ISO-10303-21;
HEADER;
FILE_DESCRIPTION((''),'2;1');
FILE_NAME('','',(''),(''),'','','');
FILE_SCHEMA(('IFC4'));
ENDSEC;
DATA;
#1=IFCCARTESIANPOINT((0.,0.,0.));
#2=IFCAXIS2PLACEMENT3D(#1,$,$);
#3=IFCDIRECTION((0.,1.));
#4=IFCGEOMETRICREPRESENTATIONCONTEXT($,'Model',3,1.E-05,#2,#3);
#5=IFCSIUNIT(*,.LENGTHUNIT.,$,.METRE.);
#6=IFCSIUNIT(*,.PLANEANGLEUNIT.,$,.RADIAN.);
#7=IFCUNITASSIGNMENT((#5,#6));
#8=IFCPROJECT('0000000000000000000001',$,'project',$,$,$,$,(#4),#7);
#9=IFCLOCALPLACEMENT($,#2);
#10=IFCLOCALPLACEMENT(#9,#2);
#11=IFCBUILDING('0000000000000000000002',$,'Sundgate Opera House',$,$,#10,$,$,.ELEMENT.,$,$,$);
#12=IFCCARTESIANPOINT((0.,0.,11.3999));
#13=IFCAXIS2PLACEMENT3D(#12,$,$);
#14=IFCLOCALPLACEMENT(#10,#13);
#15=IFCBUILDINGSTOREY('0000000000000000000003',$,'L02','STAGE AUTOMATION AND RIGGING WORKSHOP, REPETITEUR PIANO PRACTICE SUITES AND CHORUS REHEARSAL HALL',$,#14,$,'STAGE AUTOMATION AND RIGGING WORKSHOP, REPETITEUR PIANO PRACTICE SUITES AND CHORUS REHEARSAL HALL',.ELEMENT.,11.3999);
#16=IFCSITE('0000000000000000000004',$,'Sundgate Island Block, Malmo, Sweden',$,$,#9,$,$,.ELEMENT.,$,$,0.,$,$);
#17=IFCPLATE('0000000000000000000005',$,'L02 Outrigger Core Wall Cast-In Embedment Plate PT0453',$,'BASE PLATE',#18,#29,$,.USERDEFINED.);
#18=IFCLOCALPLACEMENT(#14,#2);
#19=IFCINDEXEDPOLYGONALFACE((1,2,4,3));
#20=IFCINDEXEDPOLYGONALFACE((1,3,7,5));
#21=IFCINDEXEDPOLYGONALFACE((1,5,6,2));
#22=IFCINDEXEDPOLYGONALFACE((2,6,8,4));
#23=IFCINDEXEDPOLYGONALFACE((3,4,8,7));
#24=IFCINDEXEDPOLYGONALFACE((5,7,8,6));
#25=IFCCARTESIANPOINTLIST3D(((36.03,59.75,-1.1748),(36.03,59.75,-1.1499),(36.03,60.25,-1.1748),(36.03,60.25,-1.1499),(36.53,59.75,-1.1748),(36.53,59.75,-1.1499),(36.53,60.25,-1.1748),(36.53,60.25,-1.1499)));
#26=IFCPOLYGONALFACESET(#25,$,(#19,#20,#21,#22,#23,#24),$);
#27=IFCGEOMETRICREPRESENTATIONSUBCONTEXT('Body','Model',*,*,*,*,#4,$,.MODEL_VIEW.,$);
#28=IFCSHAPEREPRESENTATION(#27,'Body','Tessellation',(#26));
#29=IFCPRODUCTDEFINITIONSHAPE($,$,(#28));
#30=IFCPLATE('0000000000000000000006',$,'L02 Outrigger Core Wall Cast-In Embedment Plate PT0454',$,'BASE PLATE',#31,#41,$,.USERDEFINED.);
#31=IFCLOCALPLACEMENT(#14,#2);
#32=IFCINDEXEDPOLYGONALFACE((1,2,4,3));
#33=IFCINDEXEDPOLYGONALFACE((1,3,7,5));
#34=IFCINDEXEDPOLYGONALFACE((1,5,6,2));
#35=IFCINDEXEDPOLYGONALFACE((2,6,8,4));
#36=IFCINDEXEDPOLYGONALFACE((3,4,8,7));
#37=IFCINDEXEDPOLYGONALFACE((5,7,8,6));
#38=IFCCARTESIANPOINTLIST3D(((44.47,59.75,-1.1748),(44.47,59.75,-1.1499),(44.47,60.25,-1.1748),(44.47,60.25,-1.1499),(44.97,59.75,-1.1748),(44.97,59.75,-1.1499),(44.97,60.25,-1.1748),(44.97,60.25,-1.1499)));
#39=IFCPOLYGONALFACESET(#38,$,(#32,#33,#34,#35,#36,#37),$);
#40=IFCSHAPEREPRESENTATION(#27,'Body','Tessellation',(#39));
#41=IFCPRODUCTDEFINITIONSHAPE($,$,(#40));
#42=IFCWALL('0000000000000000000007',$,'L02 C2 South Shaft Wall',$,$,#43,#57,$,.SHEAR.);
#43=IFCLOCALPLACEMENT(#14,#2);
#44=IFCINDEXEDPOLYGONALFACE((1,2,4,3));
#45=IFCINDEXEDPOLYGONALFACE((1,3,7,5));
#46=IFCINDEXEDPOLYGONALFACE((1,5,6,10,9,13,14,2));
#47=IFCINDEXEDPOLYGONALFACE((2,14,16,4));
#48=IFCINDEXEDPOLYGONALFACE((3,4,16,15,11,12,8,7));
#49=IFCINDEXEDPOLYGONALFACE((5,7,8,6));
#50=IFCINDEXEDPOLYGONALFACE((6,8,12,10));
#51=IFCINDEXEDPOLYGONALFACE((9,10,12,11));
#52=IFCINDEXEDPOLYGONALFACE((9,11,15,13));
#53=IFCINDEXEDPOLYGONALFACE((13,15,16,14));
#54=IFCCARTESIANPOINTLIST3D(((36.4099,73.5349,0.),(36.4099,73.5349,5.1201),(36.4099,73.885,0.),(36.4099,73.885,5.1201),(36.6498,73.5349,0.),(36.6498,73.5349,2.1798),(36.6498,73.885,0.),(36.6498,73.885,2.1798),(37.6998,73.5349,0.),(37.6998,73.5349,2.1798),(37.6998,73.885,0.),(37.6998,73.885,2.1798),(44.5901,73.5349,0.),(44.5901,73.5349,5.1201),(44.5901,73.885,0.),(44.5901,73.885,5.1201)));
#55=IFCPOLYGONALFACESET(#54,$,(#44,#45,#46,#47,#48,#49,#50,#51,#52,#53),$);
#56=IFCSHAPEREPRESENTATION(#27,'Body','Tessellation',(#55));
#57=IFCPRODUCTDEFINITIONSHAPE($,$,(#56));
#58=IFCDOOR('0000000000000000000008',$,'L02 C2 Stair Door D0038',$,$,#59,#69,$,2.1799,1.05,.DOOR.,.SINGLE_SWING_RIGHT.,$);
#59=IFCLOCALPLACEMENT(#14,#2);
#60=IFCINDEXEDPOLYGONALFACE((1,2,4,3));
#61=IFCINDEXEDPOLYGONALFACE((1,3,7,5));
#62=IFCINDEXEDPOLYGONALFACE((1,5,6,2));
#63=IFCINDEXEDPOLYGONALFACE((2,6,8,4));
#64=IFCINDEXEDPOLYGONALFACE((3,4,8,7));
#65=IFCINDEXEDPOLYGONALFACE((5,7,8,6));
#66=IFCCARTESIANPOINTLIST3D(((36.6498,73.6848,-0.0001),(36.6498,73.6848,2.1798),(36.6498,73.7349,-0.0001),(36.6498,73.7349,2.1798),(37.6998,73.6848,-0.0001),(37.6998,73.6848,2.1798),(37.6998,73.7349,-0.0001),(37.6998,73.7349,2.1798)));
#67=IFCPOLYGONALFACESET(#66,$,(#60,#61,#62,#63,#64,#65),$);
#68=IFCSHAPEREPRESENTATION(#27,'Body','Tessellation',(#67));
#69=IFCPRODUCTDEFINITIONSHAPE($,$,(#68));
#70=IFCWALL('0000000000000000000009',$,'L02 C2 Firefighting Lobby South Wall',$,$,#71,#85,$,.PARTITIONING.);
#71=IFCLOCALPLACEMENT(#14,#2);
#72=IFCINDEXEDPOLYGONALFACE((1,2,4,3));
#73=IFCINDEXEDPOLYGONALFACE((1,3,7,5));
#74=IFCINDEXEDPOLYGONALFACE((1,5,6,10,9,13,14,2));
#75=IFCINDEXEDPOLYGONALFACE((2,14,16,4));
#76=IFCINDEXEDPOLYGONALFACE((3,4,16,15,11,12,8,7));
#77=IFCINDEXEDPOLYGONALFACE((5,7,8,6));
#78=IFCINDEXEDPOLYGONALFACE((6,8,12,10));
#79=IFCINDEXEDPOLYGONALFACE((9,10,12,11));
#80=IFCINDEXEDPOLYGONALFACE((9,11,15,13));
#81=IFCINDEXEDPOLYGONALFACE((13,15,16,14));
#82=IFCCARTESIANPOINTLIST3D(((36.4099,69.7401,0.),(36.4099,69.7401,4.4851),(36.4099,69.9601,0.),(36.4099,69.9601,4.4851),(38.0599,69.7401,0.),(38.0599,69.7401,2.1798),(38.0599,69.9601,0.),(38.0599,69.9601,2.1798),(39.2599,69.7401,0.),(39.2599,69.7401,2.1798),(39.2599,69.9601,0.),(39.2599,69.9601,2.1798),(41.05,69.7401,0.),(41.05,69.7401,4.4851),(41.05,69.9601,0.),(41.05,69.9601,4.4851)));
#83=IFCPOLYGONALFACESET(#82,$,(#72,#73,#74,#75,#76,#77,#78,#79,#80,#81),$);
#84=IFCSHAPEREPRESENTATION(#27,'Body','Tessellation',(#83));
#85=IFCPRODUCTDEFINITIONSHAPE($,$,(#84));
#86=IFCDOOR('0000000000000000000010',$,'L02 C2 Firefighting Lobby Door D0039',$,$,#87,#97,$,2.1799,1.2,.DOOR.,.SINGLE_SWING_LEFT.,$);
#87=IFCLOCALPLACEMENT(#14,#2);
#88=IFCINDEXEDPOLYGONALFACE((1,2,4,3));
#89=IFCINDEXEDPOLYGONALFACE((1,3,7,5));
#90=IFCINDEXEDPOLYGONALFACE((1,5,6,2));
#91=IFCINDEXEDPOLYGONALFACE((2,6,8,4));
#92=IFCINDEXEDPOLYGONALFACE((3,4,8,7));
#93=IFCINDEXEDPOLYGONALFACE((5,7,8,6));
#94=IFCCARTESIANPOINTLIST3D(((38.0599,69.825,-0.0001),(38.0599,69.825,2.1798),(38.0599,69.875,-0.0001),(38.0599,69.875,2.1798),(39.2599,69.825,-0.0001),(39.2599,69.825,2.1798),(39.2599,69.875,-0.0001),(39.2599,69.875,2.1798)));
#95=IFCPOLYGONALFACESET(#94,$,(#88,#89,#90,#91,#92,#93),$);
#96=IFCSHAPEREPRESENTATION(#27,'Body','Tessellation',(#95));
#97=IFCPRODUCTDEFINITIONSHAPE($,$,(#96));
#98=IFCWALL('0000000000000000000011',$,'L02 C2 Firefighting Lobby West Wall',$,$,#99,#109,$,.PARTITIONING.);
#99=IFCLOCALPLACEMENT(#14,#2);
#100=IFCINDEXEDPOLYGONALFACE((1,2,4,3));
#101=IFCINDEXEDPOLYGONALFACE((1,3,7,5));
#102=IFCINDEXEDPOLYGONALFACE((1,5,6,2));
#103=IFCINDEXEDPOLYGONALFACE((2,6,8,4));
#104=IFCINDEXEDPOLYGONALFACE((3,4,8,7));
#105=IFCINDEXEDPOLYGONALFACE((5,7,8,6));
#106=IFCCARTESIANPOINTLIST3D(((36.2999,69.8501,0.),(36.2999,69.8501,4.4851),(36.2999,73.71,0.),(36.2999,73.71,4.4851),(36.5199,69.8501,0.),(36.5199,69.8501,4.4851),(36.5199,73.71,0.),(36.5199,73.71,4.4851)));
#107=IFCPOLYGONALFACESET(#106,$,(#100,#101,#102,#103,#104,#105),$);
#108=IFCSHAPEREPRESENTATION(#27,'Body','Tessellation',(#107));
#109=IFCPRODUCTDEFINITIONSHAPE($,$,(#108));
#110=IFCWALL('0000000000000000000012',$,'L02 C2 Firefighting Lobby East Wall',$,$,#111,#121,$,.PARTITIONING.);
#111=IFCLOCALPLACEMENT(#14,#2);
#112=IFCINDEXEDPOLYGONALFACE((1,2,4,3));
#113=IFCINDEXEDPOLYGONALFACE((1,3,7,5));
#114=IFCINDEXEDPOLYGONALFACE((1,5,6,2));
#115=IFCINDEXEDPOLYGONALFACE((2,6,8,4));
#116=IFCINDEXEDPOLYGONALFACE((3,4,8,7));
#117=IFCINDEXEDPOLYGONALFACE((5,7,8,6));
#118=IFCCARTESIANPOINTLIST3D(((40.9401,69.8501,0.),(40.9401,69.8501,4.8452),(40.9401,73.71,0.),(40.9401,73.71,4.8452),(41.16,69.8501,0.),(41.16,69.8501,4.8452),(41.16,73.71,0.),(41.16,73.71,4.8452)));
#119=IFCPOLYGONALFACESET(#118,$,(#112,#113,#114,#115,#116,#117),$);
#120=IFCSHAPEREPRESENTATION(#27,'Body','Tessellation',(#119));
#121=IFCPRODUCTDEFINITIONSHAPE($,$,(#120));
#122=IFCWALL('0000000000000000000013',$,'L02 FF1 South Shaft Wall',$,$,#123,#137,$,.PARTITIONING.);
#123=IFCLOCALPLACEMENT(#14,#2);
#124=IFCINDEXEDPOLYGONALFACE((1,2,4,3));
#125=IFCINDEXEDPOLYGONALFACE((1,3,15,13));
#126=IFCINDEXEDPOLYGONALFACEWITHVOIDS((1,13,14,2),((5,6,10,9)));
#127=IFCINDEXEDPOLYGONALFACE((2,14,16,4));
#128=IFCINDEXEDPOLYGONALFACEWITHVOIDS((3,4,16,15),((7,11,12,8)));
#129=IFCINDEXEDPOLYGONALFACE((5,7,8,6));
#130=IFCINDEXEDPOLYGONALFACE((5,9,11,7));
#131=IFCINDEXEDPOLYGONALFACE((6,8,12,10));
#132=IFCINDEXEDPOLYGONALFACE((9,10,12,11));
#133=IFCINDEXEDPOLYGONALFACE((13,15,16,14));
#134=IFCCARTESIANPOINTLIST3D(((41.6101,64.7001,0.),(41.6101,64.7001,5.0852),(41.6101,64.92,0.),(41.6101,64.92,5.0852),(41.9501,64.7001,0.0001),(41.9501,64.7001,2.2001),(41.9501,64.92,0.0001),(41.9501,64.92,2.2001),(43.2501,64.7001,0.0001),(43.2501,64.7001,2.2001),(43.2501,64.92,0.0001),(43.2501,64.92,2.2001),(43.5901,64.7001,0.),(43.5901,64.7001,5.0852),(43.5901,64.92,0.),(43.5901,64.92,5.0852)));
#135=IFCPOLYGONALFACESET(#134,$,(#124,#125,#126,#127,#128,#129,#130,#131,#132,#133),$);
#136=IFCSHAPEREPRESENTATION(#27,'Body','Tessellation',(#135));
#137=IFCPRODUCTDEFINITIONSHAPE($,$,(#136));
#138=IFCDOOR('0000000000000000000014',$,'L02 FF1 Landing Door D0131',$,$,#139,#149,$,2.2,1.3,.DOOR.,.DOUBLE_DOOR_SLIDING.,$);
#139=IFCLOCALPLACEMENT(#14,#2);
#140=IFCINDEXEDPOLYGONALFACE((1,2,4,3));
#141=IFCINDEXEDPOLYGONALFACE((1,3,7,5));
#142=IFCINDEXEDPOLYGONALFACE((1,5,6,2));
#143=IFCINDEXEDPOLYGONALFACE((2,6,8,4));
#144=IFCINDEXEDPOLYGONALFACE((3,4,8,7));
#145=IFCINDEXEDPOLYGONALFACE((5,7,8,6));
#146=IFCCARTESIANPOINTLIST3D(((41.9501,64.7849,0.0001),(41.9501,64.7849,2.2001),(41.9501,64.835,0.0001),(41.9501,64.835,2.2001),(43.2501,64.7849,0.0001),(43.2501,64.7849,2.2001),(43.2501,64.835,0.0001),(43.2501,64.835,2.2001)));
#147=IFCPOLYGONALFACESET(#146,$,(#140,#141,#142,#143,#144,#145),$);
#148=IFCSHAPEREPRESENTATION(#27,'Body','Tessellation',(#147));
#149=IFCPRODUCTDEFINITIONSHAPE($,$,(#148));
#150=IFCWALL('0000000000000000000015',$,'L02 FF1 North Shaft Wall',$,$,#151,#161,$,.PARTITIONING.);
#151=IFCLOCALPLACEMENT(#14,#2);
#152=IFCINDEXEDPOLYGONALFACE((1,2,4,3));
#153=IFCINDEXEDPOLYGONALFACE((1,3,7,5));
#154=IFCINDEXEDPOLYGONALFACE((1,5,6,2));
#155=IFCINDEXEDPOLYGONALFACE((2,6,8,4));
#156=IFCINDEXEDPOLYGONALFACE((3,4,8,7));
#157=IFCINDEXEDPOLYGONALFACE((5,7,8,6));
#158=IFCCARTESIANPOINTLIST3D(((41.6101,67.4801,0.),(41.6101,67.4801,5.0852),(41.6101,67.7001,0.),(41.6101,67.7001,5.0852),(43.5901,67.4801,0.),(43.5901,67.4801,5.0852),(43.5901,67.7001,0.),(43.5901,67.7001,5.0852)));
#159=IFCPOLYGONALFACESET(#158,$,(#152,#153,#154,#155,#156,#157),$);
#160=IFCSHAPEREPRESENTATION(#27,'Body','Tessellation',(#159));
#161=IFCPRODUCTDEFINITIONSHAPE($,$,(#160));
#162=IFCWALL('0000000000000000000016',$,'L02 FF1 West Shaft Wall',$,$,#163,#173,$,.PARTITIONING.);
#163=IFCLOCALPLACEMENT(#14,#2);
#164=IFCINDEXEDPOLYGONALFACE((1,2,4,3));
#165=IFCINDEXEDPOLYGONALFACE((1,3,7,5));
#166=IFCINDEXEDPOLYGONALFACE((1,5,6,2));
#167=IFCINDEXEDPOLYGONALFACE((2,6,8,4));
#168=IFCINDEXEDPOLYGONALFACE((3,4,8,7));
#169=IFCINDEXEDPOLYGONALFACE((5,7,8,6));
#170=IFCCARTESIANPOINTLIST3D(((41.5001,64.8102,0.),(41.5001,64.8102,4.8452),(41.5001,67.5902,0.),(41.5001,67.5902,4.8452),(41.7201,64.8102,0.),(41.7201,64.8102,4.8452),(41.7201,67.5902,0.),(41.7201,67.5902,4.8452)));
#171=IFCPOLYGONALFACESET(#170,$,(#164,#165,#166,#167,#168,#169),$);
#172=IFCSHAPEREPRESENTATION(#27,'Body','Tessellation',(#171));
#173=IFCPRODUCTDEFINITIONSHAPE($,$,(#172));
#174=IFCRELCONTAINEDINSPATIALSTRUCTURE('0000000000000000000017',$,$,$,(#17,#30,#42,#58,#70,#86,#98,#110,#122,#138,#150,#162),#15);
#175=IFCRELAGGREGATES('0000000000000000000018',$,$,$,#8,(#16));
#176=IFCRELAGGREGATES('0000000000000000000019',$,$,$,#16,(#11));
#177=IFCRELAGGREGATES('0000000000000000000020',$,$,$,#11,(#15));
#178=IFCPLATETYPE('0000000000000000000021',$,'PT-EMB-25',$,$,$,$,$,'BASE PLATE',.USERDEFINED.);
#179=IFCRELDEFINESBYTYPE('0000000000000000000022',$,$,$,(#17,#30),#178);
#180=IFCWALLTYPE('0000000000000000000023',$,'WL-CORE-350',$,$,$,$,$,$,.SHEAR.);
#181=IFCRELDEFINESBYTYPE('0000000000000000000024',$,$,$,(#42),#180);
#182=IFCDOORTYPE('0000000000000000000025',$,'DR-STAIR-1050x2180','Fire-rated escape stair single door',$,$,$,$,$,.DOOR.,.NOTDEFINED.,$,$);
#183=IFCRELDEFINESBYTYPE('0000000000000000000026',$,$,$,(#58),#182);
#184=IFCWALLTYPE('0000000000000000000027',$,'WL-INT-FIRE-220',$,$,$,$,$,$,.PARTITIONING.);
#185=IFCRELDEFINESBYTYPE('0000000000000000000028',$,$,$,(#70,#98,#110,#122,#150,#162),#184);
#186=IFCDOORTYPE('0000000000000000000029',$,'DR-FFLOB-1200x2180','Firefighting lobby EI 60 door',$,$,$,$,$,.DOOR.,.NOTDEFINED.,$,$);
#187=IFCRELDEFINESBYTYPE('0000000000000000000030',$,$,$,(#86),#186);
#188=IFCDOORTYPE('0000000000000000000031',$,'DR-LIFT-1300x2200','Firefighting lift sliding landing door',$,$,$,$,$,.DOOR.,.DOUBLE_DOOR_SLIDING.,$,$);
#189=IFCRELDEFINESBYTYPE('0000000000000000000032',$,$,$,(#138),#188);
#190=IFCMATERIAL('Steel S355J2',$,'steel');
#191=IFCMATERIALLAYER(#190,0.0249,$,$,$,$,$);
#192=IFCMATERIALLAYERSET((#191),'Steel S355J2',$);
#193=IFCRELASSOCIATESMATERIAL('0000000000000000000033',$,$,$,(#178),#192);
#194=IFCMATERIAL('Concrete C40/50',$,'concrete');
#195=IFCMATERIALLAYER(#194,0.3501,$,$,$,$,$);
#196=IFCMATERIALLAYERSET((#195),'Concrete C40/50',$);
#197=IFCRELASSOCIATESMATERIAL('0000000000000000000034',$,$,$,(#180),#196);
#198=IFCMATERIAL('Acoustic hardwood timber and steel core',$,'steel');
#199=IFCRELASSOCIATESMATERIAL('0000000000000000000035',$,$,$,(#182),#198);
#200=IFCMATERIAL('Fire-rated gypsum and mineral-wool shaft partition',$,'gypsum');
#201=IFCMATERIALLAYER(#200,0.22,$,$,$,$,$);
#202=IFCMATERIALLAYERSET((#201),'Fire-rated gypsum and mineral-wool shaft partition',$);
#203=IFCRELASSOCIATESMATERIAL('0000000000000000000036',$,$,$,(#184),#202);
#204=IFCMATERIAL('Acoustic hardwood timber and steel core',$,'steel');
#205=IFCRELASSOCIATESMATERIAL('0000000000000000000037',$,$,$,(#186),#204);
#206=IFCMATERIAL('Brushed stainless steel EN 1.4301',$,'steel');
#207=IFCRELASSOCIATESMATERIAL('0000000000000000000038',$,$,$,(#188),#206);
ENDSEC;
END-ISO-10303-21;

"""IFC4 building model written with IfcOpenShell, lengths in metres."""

from ifc_helpers import new_model, si_unit, direction, frame, frame_2d, origin, origin_2d, place, context, subcontext, project, spatial, rectangle, extrude, material, layer, layer_set, type_object, element, fill, save


model = new_model("IFC4")

# Units and contexts
model_context = context("Model", 3, precision=1e-05, world=origin(), true_north=direction((0.0, 1.0)))
body_context = subcontext(model_context, "Body", "Model", "MODEL_VIEW")
ifc_project = project(units=[si_unit("LENGTHUNIT", "METRE"), si_unit("PLANEANGLEUNIT", "RADIAN")], contexts=[model_context])

# Site, building, storey
site_placement = place(None, origin())
site = spatial("IfcSite", under=ifc_project, at=site_placement, Name="Sundgate Island Block, Malmo, Sweden", CompositionType="ELEMENT", RefElevation=0.0)
building_placement = place(site_placement, origin())
building = spatial("IfcBuilding", under=site, at=building_placement, Name="Sundgate Opera House", CompositionType="ELEMENT")
storey_placement = place(building_placement, frame((0.0, 0.0, 11.3999)))
storey = spatial("IfcBuildingStorey", under=building, at=storey_placement, Name="L02", Description="STAGE AUTOMATION AND RIGGING WORKSHOP, REPETITEUR PIANO PRACTICE SUITES AND CHORUS REHEARSAL HALL", LongName="STAGE AUTOMATION AND RIGGING WORKSHOP, REPETITEUR PIANO PRACTICE SUITES AND CHORUS REHEARSAL HALL", CompositionType="ELEMENT", Elevation=11.3999)

# Plates
ifc_material_1 = material(Name="Steel S355J2", Category="steel")
ifc_layer_1 = layer(ifc_material_1, 0.0249)
ifc_layer_set_1 = layer_set([ifc_layer_1], Name="Steel S355J2")
plate_type = type_object("IfcPlateType", Name="PT-EMB-25", ElementType="BASE PLATE", PredefinedType="USERDEFINED", material=ifc_layer_set_1)
for number, where, z_axis, x_axis, name in (
    (1, (36.28, 60.0, -1.1748), (0.0, 0.0, 1.0), (1.0, 0.0, 0.0), "L02 Outrigger Core Wall Cast-In Embedment Plate PT0453"),
    (2, (44.72, 60.0, -1.1748), (0.0, 0.0, 1.0), (1.0, 0.0, 0.0), "L02 Outrigger Core Wall Cast-In Embedment Plate PT0454"),
):
    element("IfcPlate", number, at=place(storey_placement, frame(where, z_axis=z_axis, x_axis=x_axis)), inside=storey, type_object=plate_type, Name=name, ObjectType="BASE PLATE", PredefinedType="USERDEFINED", context=body_context, shape_type="SweptSolid", body=[
        extrude(rectangle(XDim=0.5, YDim=0.5, at=origin_2d()), origin(), (0.0, 0.0, 1.0), 0.0249),
    ])

# Walls, openings, doors
ifc_material_2 = material(Name="Concrete C40/50", Category="concrete")
ifc_layer_2 = layer(ifc_material_2, 0.3501)
ifc_layer_set_2 = layer_set([ifc_layer_2], Name="Concrete C40/50")
wall_type_1 = type_object("IfcWallType", Name="WL-CORE-350", PredefinedType="SHEAR", material=ifc_layer_set_2)
wall_1_placement = place(storey_placement, frame((36.4099, 73.71, 0.0), z_axis=(0.0, 0.0, 1.0), x_axis=(1.0, 0.0, 0.0)))
wall_1 = element("IfcWall", 3, at=wall_1_placement, inside=storey, type_object=wall_type_1, Name="L02 C2 South Shaft Wall", PredefinedType="SHEAR", context=body_context, shape_type="SweptSolid", body=[
    extrude(rectangle(XDim=8.1802, YDim=0.3501, at=frame_2d((4.0901, 0.0))), origin(), (0.0, 0.0, 1.0), 5.1201),
])
opening_1_placement = place(wall_1_placement, frame((0.24, 0.0, 0.0)))
opening_1 = element("IfcOpeningElement", 4, at=opening_1_placement, cuts=wall_1, PredefinedType="OPENING", context=body_context, shape_type="SweptSolid", body=[
    extrude(rectangle(XDim=1.05, YDim=2.1799, at=frame_2d((0.5249, 1.0898))), frame((0.0, 0.1851, 0.0), z_axis=(0.0, -1.0, 0.0), x_axis=(1.0, 0.0, 0.0)), (0.0, 0.0, 1.0), 0.3701),
])
ifc_material_3 = material(Name="Acoustic hardwood timber and steel core", Category="steel")
door_type_1 = type_object("IfcDoorType", Name="DR-STAIR-1050x2180", Description="Fire-rated escape stair single door", OperationType="NOTDEFINED", PredefinedType="DOOR", material=ifc_material_3)
door_1_placement = place(opening_1_placement, origin())
door_1 = element("IfcDoor", 5, at=door_1_placement, inside=storey, type_object=door_type_1, Name="L02 C2 Stair Door D0038", OperationType="SINGLE_SWING_RIGHT", OverallHeight=2.1799, OverallWidth=1.05, PredefinedType="DOOR", context=body_context, shape_type="SweptSolid", body=[
    extrude(rectangle(XDim=1.05, YDim=2.1799, at=frame_2d((0.5249, 1.0898))), frame((0.0, 0.0249, 0.0), z_axis=(0.0, -1.0, 0.0), x_axis=(1.0, 0.0, 0.0)), (0.0, 0.0, 1.0), 0.05),
])
fill(opening_1, door_1)
ifc_material_4 = material(Name="Fire-rated gypsum and mineral-wool shaft partition", Category="gypsum")
ifc_layer_3 = layer(ifc_material_4, 0.22)
ifc_layer_set_3 = layer_set([ifc_layer_3], Name="Fire-rated gypsum and mineral-wool shaft partition")
wall_type_2 = type_object("IfcWallType", Name="WL-INT-FIRE-220", PredefinedType="PARTITIONING", material=ifc_layer_set_3)
wall_2_placement = place(storey_placement, frame((36.4099, 69.8501, 0.0), z_axis=(0.0, 0.0, 1.0), x_axis=(1.0, 0.0, 0.0)))
wall_2 = element("IfcWall", 6, at=wall_2_placement, inside=storey, type_object=wall_type_2, Name="L02 C2 Firefighting Lobby South Wall", PredefinedType="PARTITIONING", context=body_context, shape_type="SweptSolid", body=[
    extrude(rectangle(XDim=4.6401, YDim=0.22, at=frame_2d((2.3201, 0.0))), origin(), (0.0, 0.0, 1.0), 4.4851),
])
opening_2_placement = place(wall_2_placement, frame((1.6499, 0.0, 0.0)))
opening_2 = element("IfcOpeningElement", 7, at=opening_2_placement, cuts=wall_2, PredefinedType="OPENING", context=body_context, shape_type="SweptSolid", body=[
    extrude(rectangle(XDim=1.2, YDim=2.1799, at=frame_2d((0.6001, 1.0898))), frame((0.0, 0.1199, 0.0), z_axis=(0.0, -1.0, 0.0), x_axis=(1.0, 0.0, 0.0)), (0.0, 0.0, 1.0), 0.24),
])
ifc_material_5 = material(Name="Acoustic hardwood timber and steel core", Category="steel")
door_type_2 = type_object("IfcDoorType", Name="DR-FFLOB-1200x2180", Description="Firefighting lobby EI 60 door", OperationType="NOTDEFINED", PredefinedType="DOOR", material=ifc_material_5)
door_2_placement = place(opening_2_placement, origin())
door_2 = element("IfcDoor", 8, at=door_2_placement, inside=storey, type_object=door_type_2, Name="L02 C2 Firefighting Lobby Door D0039", OperationType="SINGLE_SWING_LEFT", OverallHeight=2.1799, OverallWidth=1.2, PredefinedType="DOOR", context=body_context, shape_type="SweptSolid", body=[
    extrude(rectangle(XDim=1.2, YDim=2.1799, at=frame_2d((0.6001, 1.0898))), frame((0.0, 0.0249, 0.0), z_axis=(0.0, -1.0, 0.0), x_axis=(1.0, 0.0, 0.0)), (0.0, 0.0, 1.0), 0.05),
])
fill(opening_2, door_2)

# Walls
wall_3_placement = place(storey_placement, frame((36.4099, 69.8501, 0.0), z_axis=(0.0, 0.0, 1.0), x_axis=(0.0, 1.0, 0.0)))
element("IfcWall", 9, at=wall_3_placement, inside=storey, type_object=wall_type_2, Name="L02 C2 Firefighting Lobby West Wall", PredefinedType="PARTITIONING", context=body_context, shape_type="SweptSolid", body=[
    extrude(rectangle(XDim=3.8599, YDim=0.22, at=frame_2d((1.9299, 0.0))), origin(), (0.0, 0.0, 1.0), 4.4851),
])
wall_4_placement = place(storey_placement, frame((41.05, 69.8501, 0.0), z_axis=(0.0, 0.0, 1.0), x_axis=(0.0, 1.0, 0.0)))
element("IfcWall", 10, at=wall_4_placement, inside=storey, type_object=wall_type_2, Name="L02 C2 Firefighting Lobby East Wall", PredefinedType="PARTITIONING", context=body_context, shape_type="SweptSolid", body=[
    extrude(rectangle(XDim=3.8599, YDim=0.22, at=frame_2d((1.9299, 0.0))), origin(), (0.0, 0.0, 1.0), 4.8452),
])

# Wall, opening, door
wall_5_placement = place(storey_placement, frame((41.6101, 64.8101, 0.0), z_axis=(0.0, 0.0, 1.0), x_axis=(1.0, 0.0, 0.0)))
wall_5 = element("IfcWall", 11, at=wall_5_placement, inside=storey, type_object=wall_type_2, Name="L02 FF1 South Shaft Wall", PredefinedType="PARTITIONING", context=body_context, shape_type="SweptSolid", body=[
    extrude(rectangle(XDim=1.98, YDim=0.22, at=frame_2d((0.99, 0.0))), origin(), (0.0, 0.0, 1.0), 5.0852),
])
opening_3_placement = place(wall_5_placement, frame((0.3401, 0.0, 0.0)))
opening_3 = element("IfcOpeningElement", 12, at=opening_3_placement, cuts=wall_5, PredefinedType="OPENING", context=body_context, shape_type="SweptSolid", body=[
    extrude(rectangle(XDim=1.3, YDim=2.2, at=frame_2d((0.6499, 1.1001))), frame((0.0, 0.1199, 0.0), z_axis=(0.0, -1.0, 0.0), x_axis=(1.0, 0.0, 0.0)), (0.0, 0.0, 1.0), 0.24),
])
ifc_material_6 = material(Name="Brushed stainless steel EN 1.4301", Category="steel")
door_type_3 = type_object("IfcDoorType", Name="DR-LIFT-1300x2200", Description="Firefighting lift sliding landing door", OperationType="DOUBLE_DOOR_SLIDING", PredefinedType="DOOR", material=ifc_material_6)
door_3_placement = place(opening_3_placement, origin())
door_3 = element("IfcDoor", 13, at=door_3_placement, inside=storey, type_object=door_type_3, Name="L02 FF1 Landing Door D0131", OperationType="DOUBLE_DOOR_SLIDING", OverallHeight=2.2, OverallWidth=1.3, PredefinedType="DOOR", context=body_context, shape_type="SweptSolid", body=[
    extrude(rectangle(XDim=1.3, YDim=2.2, at=frame_2d((0.6499, 1.1001))), frame((0.0, 0.0249, 0.0), z_axis=(0.0, -1.0, 0.0), x_axis=(1.0, 0.0, 0.0)), (0.0, 0.0, 1.0), 0.05),
])
fill(opening_3, door_3)

# Walls
wall_6_placement = place(storey_placement, frame((41.6101, 67.5901, 0.0), z_axis=(0.0, 0.0, 1.0), x_axis=(1.0, 0.0, 0.0)))
element("IfcWall", 14, at=wall_6_placement, inside=storey, type_object=wall_type_2, Name="L02 FF1 North Shaft Wall", PredefinedType="PARTITIONING", context=body_context, shape_type="SweptSolid", body=[
    extrude(rectangle(XDim=1.98, YDim=0.22, at=frame_2d((0.99, 0.0))), origin(), (0.0, 0.0, 1.0), 5.0852),
])
for number, where, z_axis, x_axis, name in (
    (15, (41.6101, 64.8101, 0.0), (0.0, 0.0, 1.0), (0.0, 1.0, 0.0), "L02 FF1 West Shaft Wall"),
):
    element("IfcWall", number, at=place(storey_placement, frame(where, z_axis=z_axis, x_axis=x_axis)), inside=storey, type_object=wall_type_2, Name=name, PredefinedType="PARTITIONING", context=body_context, shape_type="SweptSolid", body=[
        extrude(rectangle(XDim=2.78, YDim=0.22, at=frame_2d((1.3901, 0.0))), origin(), (0.0, 0.0, 1.0), 4.8452),
    ])

save(model, "model.ifc")
